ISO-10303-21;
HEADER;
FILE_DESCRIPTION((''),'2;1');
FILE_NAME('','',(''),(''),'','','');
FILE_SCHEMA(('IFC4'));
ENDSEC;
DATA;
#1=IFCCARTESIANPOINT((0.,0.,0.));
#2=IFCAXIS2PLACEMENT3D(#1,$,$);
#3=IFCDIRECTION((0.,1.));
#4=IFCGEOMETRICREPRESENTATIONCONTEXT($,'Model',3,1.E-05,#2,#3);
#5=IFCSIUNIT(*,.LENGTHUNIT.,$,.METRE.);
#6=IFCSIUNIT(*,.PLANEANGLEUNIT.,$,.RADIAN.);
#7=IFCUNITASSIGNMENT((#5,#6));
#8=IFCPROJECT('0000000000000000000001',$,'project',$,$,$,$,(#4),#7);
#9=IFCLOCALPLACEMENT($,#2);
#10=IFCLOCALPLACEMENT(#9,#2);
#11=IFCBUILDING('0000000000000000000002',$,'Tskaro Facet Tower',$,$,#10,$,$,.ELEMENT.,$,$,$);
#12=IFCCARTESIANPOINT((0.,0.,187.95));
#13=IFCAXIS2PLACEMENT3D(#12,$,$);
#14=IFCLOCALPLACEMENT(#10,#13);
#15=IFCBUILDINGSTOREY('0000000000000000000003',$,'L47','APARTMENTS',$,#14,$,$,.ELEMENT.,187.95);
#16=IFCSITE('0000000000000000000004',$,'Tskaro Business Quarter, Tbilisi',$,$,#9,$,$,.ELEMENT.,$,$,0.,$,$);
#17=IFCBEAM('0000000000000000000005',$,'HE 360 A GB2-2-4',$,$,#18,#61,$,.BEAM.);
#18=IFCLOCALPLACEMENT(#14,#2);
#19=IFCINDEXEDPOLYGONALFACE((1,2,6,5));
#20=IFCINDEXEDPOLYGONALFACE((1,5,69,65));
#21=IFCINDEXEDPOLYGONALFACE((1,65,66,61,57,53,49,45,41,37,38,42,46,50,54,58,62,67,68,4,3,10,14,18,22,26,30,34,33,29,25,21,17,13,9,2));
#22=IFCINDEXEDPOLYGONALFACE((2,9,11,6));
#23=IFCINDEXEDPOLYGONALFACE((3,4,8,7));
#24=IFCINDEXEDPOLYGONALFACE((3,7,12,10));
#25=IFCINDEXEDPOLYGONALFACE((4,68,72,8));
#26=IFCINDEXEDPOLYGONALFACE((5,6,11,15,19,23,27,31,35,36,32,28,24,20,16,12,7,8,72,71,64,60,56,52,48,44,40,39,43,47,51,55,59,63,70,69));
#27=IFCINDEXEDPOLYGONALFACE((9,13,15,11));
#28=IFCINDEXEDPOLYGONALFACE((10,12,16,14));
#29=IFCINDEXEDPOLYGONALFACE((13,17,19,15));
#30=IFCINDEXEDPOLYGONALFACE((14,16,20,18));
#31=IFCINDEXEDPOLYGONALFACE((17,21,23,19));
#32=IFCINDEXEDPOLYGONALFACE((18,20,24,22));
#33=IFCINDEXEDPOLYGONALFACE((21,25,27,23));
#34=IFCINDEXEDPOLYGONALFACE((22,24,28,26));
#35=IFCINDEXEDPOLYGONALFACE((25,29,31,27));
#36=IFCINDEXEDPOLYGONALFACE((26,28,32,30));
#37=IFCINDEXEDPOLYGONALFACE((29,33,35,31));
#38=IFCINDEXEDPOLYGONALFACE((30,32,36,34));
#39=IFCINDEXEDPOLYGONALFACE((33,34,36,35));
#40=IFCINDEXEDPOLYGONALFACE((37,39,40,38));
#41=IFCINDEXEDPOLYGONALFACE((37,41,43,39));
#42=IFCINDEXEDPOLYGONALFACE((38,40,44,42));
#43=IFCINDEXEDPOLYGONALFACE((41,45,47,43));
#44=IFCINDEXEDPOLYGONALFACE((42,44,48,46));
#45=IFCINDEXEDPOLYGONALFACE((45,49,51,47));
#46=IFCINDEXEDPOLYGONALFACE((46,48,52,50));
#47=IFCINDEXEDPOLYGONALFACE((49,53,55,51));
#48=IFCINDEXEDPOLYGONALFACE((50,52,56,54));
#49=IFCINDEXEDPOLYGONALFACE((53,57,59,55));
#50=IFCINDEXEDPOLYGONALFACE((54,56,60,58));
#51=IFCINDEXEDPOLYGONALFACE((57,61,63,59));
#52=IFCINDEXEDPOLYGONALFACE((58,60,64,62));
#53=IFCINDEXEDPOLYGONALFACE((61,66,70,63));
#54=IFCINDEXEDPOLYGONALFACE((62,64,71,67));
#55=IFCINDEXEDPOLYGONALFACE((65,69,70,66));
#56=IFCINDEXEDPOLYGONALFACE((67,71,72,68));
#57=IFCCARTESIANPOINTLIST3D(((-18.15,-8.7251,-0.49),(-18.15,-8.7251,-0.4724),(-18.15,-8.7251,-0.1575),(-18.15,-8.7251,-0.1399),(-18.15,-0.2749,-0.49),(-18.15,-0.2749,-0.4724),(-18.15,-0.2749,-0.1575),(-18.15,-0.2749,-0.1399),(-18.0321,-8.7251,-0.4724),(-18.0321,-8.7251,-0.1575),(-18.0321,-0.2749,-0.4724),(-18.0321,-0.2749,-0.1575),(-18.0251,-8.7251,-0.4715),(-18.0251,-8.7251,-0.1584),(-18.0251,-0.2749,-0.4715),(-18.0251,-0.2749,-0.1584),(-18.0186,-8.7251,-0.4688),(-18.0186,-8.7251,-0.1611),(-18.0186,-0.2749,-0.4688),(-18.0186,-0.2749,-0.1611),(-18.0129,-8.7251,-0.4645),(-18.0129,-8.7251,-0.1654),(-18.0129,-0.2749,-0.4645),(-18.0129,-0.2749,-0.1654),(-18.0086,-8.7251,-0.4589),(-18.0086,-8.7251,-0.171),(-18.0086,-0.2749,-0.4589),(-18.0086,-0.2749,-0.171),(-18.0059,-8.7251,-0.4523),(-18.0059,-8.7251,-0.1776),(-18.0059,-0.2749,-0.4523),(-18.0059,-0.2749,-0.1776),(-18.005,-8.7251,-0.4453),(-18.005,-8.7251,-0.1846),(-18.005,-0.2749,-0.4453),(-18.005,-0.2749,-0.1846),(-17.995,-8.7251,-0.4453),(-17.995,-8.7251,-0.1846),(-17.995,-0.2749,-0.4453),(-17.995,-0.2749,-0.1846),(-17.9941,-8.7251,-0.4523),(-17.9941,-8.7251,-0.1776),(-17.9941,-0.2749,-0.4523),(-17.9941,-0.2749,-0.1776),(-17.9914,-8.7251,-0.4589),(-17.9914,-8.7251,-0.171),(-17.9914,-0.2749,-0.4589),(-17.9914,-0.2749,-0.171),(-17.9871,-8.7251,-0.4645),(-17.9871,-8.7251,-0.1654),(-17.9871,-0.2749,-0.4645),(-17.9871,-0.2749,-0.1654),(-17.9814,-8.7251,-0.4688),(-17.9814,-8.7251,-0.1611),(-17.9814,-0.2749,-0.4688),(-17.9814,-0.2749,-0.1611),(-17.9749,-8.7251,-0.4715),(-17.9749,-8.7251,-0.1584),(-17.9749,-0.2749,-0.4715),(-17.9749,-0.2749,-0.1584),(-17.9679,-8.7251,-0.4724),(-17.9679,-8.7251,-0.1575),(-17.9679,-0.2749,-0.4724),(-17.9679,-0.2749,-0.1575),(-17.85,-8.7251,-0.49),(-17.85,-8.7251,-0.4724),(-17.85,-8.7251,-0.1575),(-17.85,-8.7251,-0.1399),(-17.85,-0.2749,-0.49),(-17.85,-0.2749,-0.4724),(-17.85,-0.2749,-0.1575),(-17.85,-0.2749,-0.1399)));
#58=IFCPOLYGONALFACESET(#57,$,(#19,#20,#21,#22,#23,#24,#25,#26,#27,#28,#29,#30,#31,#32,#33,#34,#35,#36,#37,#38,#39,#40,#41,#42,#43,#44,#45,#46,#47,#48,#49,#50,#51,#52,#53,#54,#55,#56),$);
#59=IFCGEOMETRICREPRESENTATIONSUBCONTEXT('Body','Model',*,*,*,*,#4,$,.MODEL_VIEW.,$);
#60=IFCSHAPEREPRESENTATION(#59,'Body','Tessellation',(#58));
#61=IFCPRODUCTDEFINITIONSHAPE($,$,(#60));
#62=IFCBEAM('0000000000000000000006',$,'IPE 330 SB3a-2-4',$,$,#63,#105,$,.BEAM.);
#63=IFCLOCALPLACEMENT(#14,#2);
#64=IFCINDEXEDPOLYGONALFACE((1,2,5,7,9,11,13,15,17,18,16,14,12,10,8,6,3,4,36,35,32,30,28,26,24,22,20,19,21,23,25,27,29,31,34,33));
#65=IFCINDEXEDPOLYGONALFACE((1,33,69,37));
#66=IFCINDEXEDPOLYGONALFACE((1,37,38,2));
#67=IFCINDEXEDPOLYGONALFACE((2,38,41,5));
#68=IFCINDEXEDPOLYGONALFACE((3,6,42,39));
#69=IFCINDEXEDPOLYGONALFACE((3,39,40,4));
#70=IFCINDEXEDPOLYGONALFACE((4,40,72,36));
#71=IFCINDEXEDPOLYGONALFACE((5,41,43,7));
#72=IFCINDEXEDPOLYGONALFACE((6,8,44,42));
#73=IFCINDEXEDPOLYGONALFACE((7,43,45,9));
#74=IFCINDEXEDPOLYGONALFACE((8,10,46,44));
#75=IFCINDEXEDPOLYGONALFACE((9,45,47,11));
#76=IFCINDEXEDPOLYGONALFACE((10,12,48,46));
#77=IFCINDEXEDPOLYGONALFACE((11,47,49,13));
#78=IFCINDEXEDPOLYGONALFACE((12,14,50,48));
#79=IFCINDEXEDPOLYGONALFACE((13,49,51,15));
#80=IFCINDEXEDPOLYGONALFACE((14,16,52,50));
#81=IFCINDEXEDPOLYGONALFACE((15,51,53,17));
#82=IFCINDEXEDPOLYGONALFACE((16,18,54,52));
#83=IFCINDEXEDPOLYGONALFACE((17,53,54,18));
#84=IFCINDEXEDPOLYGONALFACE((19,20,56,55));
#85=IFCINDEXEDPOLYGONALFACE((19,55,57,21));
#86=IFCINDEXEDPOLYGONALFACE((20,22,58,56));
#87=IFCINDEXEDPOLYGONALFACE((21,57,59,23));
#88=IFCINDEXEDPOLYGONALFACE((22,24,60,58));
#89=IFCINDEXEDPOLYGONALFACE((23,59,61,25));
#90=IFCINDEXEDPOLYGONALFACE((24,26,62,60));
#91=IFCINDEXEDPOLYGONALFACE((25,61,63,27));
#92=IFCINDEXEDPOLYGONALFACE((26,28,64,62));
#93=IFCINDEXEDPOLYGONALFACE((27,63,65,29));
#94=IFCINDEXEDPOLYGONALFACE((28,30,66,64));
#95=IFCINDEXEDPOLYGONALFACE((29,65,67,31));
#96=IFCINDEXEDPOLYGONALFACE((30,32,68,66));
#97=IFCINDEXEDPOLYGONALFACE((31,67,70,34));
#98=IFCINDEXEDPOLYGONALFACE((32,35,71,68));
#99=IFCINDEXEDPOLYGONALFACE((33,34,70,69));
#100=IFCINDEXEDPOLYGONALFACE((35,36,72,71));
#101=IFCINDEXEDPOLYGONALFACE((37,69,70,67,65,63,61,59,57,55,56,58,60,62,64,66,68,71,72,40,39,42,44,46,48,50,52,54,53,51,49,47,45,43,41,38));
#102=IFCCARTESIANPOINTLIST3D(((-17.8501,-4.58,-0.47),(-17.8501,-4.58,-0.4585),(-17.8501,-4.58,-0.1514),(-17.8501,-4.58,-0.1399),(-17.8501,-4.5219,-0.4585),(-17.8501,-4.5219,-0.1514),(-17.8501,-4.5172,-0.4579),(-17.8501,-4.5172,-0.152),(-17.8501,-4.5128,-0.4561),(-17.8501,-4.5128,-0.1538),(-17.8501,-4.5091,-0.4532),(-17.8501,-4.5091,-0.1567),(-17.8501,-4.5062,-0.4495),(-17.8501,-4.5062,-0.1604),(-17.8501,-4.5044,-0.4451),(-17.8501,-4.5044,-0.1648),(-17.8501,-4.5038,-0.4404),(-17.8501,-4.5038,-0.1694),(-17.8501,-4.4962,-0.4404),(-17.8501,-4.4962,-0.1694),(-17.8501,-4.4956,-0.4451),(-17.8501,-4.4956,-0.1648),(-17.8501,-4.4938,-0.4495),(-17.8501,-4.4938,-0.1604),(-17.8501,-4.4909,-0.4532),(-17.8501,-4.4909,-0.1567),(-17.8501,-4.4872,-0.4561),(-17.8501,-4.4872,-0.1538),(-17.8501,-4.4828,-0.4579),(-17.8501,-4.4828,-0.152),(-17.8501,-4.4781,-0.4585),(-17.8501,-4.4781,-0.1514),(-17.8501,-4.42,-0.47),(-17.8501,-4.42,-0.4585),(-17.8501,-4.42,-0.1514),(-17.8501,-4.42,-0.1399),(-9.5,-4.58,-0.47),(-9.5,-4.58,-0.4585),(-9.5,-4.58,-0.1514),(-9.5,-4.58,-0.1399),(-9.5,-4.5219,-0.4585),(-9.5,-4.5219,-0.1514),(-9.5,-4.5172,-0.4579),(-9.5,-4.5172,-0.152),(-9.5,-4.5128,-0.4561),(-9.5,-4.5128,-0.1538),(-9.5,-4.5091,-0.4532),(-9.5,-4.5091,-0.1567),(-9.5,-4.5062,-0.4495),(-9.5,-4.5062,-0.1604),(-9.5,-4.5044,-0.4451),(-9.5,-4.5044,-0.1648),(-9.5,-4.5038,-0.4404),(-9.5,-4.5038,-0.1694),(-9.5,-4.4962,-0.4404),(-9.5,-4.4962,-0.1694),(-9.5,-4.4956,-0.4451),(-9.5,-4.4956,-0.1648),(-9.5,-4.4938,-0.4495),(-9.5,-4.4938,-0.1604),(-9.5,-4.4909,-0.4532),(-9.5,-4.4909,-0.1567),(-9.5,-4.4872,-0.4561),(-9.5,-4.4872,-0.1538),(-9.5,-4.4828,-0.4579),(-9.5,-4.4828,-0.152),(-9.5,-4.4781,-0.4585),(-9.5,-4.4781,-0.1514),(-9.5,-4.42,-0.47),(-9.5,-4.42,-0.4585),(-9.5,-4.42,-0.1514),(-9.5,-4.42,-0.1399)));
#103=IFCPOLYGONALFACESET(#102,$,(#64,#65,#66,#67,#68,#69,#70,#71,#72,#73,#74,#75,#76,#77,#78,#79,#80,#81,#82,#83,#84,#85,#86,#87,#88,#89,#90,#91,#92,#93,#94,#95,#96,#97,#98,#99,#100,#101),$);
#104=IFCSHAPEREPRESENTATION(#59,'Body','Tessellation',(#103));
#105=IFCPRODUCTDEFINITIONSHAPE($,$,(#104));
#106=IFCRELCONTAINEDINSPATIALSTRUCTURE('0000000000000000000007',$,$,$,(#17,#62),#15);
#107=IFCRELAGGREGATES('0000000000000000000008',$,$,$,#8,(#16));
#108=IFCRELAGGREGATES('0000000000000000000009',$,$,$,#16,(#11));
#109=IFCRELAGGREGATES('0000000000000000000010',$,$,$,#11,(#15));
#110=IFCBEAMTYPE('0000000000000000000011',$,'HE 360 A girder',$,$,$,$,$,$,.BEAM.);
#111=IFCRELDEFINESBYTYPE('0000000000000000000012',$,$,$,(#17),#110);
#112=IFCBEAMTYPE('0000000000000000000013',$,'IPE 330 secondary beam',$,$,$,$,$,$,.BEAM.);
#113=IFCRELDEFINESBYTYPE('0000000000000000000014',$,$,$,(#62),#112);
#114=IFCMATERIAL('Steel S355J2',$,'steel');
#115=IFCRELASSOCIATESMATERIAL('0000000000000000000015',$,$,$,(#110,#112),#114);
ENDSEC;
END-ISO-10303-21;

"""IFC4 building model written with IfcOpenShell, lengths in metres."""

from ifc_helpers import new_model, si_unit, direction, frame, origin, origin_2d, place, context, subcontext, project, spatial, i_section, extrude, material, material_profile, profile_set, type_object, element, save


model = new_model("IFC4")

# Units and contexts
model_context = context("Model", 3, precision=1e-05, world=origin(), true_north=direction((0.0, 1.0)))
body_context = subcontext(model_context, "Body", "Model", "MODEL_VIEW")
ifc_project = project(units=[si_unit("LENGTHUNIT", "METRE"), si_unit("PLANEANGLEUNIT", "RADIAN")], contexts=[model_context])

# Site, building, storey
site_placement = place(None, origin())
site = spatial("IfcSite", under=ifc_project, at=site_placement, Name="Tskaro Business Quarter, Tbilisi", CompositionType="ELEMENT", RefElevation=0.0)
building_placement = place(site_placement, origin())
building = spatial("IfcBuilding", under=site, at=building_placement, Name="Tskaro Facet Tower", CompositionType="ELEMENT")
storey_placement = place(building_placement, frame((0.0, 0.0, 187.95)))
storey = spatial("IfcBuildingStorey", under=building, at=storey_placement, Name="L47", Description="APARTMENTS", CompositionType="ELEMENT", Elevation=187.95)

# Beams
ifc_material_1 = material(Name="Steel S355J2", Category="steel")
ifc_material_profile_1 = material_profile(ifc_material_1, i_section(OverallWidth=0.3, OverallDepth=0.3501, WebThickness=0.01, FlangeThickness=0.0176, FilletRadius=0.0271, at=origin_2d()), Name="HE 360 A")
ifc_profile_set_1 = profile_set([ifc_material_profile_1], Name="Steel S355J2")
beam_type_1 = type_object("IfcBeamType", Name="HE 360 A girder", PredefinedType="BEAM", material=ifc_profile_set_1)
beam_1_placement = place(storey_placement, frame((-18.0, -8.7251, -0.3149), z_axis=(0.0, 1.0, 0.0), x_axis=(-1.0, 0.0, 0.0)))
element("IfcBeam", 1, at=beam_1_placement, inside=storey, type_object=beam_type_1, Name="HE 360 A GB2-2-4", PredefinedType="BEAM", context=body_context, shape_type="SweptSolid", body=[
    extrude(i_section(OverallWidth=0.3, OverallDepth=0.3501, WebThickness=0.01, FlangeThickness=0.0176, FilletRadius=0.0271, at=origin_2d()), origin(), (0.0, 0.0, 1.0), 8.4502),
])
ifc_material_profile_2 = material_profile(ifc_material_1, i_section(OverallWidth=0.1599, OverallDepth=0.3301, WebThickness=0.0076, FlangeThickness=0.0115, FilletRadius=0.0181, at=origin_2d()), Name="IPE 330")
ifc_profile_set_2 = profile_set([ifc_material_profile_2], Name="Steel S355J2")
beam_type_2 = type_object("IfcBeamType", Name="IPE 330 secondary beam", PredefinedType="BEAM", material=ifc_profile_set_2)
beam_2_placement = place(storey_placement, frame((-17.8501, -4.5, -0.3049), z_axis=(1.0, 0.0, 0.0), x_axis=(0.0, 1.0, 0.0)))
element("IfcBeam", 2, at=beam_2_placement, inside=storey, type_object=beam_type_2, Name="IPE 330 SB3a-2-4", PredefinedType="BEAM", context=body_context, shape_type="SweptSolid", body=[
    extrude(i_section(OverallWidth=0.1599, OverallDepth=0.3301, WebThickness=0.0076, FlangeThickness=0.0115, FilletRadius=0.0181, at=origin_2d()), origin(), (0.0, 0.0, 1.0), 8.3501),
])

save(model, "model.ifc")
